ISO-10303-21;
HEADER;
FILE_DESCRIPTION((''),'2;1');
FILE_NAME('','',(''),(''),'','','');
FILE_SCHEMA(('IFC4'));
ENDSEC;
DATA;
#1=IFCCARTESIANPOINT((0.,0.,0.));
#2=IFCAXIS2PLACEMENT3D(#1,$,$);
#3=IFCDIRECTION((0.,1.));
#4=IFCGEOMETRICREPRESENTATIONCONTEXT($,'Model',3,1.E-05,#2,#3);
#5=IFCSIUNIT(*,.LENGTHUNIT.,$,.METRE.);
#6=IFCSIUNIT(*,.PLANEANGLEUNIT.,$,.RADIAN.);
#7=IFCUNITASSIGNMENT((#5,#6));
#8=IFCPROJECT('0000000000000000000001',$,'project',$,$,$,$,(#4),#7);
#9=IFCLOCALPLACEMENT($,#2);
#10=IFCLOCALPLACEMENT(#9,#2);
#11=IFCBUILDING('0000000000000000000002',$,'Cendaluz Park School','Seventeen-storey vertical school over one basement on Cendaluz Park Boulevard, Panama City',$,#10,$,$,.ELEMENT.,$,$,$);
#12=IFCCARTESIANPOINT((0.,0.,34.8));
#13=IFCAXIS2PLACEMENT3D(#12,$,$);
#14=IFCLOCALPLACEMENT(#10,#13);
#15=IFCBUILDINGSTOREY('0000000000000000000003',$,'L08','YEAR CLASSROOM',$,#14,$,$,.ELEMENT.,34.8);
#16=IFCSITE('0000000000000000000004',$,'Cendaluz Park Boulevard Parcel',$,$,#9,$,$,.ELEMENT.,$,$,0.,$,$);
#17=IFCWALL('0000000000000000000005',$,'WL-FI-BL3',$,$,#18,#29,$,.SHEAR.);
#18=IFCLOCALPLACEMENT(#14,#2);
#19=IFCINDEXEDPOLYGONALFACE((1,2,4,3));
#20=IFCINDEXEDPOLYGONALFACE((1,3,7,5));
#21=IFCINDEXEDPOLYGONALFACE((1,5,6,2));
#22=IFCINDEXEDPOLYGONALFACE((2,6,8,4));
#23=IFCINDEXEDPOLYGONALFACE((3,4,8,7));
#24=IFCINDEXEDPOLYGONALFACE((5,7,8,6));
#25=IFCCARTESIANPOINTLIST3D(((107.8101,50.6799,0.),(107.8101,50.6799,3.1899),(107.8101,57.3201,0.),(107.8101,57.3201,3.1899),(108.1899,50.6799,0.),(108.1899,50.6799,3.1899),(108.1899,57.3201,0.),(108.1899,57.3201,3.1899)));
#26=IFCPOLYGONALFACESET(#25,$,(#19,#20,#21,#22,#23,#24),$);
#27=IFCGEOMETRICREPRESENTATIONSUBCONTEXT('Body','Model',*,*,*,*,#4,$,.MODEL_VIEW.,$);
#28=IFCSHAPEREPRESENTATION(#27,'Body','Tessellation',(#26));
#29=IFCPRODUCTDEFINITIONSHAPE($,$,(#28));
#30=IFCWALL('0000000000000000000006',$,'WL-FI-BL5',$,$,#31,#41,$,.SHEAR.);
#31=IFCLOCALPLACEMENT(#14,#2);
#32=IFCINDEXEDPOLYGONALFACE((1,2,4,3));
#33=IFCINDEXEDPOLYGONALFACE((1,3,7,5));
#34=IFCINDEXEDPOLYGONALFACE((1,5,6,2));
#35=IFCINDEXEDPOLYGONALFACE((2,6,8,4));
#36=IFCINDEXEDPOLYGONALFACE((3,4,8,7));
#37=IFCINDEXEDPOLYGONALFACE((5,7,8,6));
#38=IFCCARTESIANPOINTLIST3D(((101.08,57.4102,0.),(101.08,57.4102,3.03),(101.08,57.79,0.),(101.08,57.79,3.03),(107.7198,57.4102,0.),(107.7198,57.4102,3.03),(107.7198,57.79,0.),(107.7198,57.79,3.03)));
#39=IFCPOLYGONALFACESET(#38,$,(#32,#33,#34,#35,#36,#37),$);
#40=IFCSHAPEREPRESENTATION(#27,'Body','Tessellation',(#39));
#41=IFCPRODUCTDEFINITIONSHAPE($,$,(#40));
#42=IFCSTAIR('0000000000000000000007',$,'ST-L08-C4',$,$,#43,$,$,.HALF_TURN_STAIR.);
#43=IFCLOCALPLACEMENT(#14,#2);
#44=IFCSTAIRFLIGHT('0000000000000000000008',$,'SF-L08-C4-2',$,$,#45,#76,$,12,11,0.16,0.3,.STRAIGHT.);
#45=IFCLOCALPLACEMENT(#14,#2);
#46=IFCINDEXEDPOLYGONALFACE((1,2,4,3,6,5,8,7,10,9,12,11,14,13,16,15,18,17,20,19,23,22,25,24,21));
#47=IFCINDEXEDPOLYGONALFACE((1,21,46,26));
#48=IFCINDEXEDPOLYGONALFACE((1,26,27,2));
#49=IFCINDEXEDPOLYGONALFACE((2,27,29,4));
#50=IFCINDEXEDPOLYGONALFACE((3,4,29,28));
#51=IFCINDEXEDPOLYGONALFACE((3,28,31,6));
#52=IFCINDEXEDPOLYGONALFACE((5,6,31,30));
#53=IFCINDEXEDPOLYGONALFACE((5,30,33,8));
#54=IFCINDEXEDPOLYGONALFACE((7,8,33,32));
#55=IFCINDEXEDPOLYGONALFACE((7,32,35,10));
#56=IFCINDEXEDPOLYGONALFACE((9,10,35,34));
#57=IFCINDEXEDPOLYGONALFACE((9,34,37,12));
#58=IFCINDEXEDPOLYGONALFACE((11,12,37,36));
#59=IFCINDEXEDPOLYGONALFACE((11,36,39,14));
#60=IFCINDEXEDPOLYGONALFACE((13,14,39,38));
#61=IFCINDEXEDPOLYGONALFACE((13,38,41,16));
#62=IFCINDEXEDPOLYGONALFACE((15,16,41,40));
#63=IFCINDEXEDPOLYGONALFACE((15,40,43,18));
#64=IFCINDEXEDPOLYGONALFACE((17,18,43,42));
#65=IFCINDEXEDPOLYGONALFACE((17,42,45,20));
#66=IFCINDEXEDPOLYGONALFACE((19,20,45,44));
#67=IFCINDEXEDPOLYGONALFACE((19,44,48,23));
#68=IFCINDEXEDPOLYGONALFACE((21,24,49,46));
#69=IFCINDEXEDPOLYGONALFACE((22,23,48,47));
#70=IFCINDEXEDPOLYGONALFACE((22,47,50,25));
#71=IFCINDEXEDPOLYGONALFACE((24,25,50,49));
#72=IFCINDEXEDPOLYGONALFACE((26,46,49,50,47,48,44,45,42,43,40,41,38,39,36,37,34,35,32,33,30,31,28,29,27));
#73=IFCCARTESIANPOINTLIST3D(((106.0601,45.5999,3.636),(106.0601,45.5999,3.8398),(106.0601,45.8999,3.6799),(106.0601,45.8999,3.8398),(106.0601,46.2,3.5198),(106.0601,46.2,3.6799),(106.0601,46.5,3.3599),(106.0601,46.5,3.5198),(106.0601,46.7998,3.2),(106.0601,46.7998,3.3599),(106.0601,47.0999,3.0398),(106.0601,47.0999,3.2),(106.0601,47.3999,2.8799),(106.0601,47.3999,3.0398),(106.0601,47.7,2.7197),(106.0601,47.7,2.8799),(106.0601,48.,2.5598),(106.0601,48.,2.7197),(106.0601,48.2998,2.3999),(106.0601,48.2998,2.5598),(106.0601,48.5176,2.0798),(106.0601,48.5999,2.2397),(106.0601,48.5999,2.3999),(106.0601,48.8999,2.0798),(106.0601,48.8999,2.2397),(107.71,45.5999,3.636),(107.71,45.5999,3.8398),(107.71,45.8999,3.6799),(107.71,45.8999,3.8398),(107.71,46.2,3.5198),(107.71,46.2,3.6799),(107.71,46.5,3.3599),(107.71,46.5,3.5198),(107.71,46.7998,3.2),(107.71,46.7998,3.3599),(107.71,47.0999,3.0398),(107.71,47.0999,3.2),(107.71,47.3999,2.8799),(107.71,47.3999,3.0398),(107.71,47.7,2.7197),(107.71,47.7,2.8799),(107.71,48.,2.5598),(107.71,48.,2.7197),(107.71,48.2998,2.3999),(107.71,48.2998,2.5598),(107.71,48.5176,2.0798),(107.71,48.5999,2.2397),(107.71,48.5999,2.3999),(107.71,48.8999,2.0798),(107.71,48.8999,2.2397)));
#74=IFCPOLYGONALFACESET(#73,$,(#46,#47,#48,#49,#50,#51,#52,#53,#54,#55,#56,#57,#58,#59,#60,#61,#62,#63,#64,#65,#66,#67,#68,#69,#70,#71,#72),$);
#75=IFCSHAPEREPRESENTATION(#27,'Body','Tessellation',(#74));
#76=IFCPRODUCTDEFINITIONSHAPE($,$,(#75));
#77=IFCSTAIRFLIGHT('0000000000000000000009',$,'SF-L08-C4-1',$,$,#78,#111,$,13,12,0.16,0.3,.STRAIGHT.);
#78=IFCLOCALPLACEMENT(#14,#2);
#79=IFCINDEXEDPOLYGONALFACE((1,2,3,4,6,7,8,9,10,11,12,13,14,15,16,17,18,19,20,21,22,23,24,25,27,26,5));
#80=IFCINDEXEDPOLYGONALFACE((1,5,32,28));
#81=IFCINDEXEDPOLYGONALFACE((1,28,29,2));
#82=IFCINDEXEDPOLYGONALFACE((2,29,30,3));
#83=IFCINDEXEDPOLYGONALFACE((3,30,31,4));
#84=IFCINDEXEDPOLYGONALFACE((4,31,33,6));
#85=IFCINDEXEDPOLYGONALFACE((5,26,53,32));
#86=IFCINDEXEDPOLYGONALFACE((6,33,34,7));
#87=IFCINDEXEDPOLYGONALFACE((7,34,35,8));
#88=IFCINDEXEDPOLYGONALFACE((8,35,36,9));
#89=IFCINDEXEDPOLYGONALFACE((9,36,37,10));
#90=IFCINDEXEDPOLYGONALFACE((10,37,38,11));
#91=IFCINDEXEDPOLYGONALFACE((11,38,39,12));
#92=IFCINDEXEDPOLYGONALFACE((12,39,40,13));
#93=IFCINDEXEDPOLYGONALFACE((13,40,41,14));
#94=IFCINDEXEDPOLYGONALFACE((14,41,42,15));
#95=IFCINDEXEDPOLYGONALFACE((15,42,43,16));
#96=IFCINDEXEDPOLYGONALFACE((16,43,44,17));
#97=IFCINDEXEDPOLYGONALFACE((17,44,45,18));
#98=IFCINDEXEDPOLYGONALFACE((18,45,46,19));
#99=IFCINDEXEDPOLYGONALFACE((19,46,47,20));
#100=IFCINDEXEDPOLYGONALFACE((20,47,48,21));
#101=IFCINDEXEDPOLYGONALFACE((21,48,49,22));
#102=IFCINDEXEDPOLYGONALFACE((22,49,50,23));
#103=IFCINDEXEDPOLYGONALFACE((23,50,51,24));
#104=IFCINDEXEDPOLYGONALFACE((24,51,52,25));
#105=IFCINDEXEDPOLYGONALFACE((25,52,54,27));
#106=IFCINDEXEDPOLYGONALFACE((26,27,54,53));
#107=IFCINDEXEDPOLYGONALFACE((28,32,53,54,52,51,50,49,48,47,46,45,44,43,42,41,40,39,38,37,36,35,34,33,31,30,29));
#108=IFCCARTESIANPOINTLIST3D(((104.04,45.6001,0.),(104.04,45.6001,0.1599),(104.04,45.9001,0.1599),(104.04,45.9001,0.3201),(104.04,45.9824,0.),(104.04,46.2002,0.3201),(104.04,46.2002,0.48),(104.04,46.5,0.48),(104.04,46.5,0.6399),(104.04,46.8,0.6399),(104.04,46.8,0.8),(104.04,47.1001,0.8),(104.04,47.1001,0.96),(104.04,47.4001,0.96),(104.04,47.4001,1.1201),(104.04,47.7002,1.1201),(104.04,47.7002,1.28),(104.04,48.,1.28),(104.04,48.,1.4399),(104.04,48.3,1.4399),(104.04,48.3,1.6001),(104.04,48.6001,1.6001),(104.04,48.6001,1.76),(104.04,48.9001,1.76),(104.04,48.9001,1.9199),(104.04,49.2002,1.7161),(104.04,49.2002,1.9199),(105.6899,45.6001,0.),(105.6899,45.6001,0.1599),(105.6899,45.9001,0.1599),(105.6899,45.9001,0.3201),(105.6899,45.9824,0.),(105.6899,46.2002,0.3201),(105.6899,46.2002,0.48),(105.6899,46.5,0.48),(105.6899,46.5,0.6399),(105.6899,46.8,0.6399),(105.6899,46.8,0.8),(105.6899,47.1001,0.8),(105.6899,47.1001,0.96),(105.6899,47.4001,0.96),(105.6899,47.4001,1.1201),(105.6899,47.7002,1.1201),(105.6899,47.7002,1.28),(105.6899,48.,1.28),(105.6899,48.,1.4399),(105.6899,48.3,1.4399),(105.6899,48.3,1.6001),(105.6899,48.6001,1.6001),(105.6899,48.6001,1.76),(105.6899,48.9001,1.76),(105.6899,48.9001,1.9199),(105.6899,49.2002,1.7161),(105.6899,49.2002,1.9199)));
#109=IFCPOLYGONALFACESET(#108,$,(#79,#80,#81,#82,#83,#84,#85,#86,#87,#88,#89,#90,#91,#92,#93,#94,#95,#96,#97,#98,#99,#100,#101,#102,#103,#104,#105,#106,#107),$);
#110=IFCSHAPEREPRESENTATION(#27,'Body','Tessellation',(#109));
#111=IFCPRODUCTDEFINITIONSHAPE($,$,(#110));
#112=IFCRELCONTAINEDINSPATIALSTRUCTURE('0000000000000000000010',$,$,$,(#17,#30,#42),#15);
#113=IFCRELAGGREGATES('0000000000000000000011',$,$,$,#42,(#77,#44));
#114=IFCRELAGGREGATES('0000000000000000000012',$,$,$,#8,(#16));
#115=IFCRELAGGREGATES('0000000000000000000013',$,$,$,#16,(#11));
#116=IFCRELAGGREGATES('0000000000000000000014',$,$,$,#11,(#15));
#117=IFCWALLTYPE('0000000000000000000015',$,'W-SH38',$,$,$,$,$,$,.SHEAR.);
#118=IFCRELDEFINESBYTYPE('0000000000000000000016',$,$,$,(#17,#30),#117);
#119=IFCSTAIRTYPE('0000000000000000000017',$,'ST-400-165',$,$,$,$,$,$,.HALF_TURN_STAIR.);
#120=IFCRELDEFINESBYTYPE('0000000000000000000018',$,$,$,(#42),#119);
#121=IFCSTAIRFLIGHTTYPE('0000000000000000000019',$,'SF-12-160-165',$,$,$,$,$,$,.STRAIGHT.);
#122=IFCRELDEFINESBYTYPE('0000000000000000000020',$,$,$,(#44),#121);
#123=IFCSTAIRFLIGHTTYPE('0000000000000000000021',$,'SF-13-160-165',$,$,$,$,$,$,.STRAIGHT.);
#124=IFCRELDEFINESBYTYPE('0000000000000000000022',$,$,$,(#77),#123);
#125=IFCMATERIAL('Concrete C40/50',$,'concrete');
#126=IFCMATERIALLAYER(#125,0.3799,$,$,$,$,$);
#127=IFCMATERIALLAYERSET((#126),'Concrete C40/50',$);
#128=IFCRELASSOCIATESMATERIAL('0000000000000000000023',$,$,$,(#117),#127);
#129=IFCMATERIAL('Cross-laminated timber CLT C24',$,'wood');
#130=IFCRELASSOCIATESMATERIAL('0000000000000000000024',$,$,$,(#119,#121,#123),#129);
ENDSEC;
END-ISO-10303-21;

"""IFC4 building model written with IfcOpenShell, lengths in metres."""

from ifc_helpers import new_model, si_unit, direction, frame, frame_2d, origin, place, context, subcontext, project, spatial, polyline, rectangle, outline, extrude, material, layer, layer_set, type_object, element, aggregate, save


model = new_model("IFC4")

# Units and contexts
model_context = context("Model", 3, precision=1e-05, world=origin(), true_north=direction((0.0, 1.0)))
body_context = subcontext(model_context, "Body", "Model", "MODEL_VIEW")
ifc_project = project(units=[si_unit("LENGTHUNIT", "METRE"), si_unit("PLANEANGLEUNIT", "RADIAN")], contexts=[model_context])

# Site, building, storey
site_placement = place(None, origin())
site = spatial("IfcSite", under=ifc_project, at=site_placement, Name="Cendaluz Park Boulevard Parcel", CompositionType="ELEMENT", RefElevation=0.0)
building_placement = place(site_placement, origin())
building = spatial("IfcBuilding", under=site, at=building_placement, Name="Cendaluz Park School", Description="Seventeen-storey vertical school over one basement on Cendaluz Park Boulevard, Panama City", CompositionType="ELEMENT")
storey_placement = place(building_placement, frame((0.0, 0.0, 34.8)))
storey = spatial("IfcBuildingStorey", under=building, at=storey_placement, Name="L08", Description="YEAR CLASSROOM", CompositionType="ELEMENT", Elevation=34.8)

# Shared definitions
ifc_material_1 = material(Name="Cross-laminated timber CLT C24", Category="wood")

# Shared definitions
ifc_material_2 = material(Name="Concrete C40/50", Category="concrete")

# Walls
ifc_layer_1 = layer(ifc_material_2, 0.3799)
ifc_layer_set_1 = layer_set([ifc_layer_1], Name="Concrete C40/50")
wall_type_1 = type_object("IfcWallType", Name="W-SH38", PredefinedType="SHEAR", material=ifc_layer_set_1)
for number, where, z_axis, x_axis, name in (
    (1, (108.0, 50.6799, 0.0), (0.0, 0.0, 1.0), (0.0, 1.0, 0.0), "WL-FI-BL3"),
):
    element("IfcWall", number, at=place(storey_placement, frame(where, z_axis=z_axis, x_axis=x_axis)), inside=storey, type_object=wall_type_1, Name=name, PredefinedType="SHEAR", context=body_context, shape_type="SweptSolid", body=[
        extrude(rectangle(XDim=6.6401, YDim=0.3799, at=frame_2d((3.3201, 0.0))), origin(), (0.0, 0.0, 1.0), 3.1899),
    ])
wall_1_placement = place(storey_placement, frame((101.0801, 57.6001, 0.0), z_axis=(0.0, 0.0, 1.0), x_axis=(1.0, 0.0, 0.0)))
element("IfcWall", 2, at=wall_1_placement, inside=storey, type_object=wall_type_1, Name="WL-FI-BL5", PredefinedType="SHEAR", context=body_context, shape_type="SweptSolid", body=[
    extrude(rectangle(XDim=6.6399, YDim=0.3799, at=frame_2d((3.3198, 0.0))), origin(), (0.0, 0.0, 1.0), 3.03),
])

# Stair, stair flights
stair_type = type_object("IfcStairType", Name="ST-400-165", PredefinedType="HALF_TURN_STAIR", material=ifc_material_1)
stair_placement = place(storey_placement, origin())
stair = element("IfcStair", 3, at=stair_placement, inside=storey, type_object=stair_type, Name="ST-L08-C4", PredefinedType="HALF_TURN_STAIR")
stair_flight_type_1 = type_object("IfcStairFlightType", Name="SF-12-160-165", PredefinedType="STRAIGHT", material=ifc_material_1)
stair_flight_1_placement = place(storey_placement, frame((106.885, 48.8999, 2.0798), z_axis=(0.0, 0.0, 1.0), x_axis=(0.0, -1.0, 0.0)))
stair_flight_1 = element("IfcStairFlight", 4, at=stair_flight_1_placement, type_object=stair_flight_type_1, Name="SF-L08-C4-2", NumberOfRisers=12, NumberOfTreads=11, PredefinedType="STRAIGHT", RiserHeight=0.16, TreadLength=0.3, context=body_context, shape_type="SweptSolid", body=[
    extrude(outline(polyline([(0.0, 0.0), (0.0, 0.1599), (0.3, 0.1599), (0.3, 0.3201), (0.6001, 0.3201), (0.6001, 0.48), (0.8999, 0.48), (0.8999, 0.6399), (1.2, 0.6399), (1.2, 0.8), (1.5, 0.8), (1.5, 0.96), (1.8, 0.96), (1.8, 1.1201), (2.1001, 1.1201), (2.1001, 1.28), (2.3999, 1.28), (2.3999, 1.4399), (2.7, 1.4399), (2.7, 1.6001), (3.0, 1.6001), (3.0, 1.76), (3.3, 1.76), (3.3, 1.9199), (3.3, 1.5562), (0.3823, 0.0), (0.0, 0.0)])), frame((0.0, 0.825, 0.0), z_axis=(0.0, -1.0, 0.0), x_axis=(1.0, 0.0, 0.0)), (0.0, 0.0, 1.0), 1.6499),
])
stair_flight_type_2 = type_object("IfcStairFlightType", Name="SF-13-160-165", PredefinedType="STRAIGHT", material=ifc_material_1)
stair_flight_2_placement = place(storey_placement, frame((104.865, 45.6001, 0.0), z_axis=(0.0, 0.0, 1.0), x_axis=(0.0, 1.0, 0.0)))
stair_flight_2 = element("IfcStairFlight", 5, at=stair_flight_2_placement, type_object=stair_flight_type_2, Name="SF-L08-C4-1", NumberOfRisers=13, NumberOfTreads=12, PredefinedType="STRAIGHT", RiserHeight=0.16, TreadLength=0.3, context=body_context, shape_type="SweptSolid", body=[
    extrude(outline(polyline([(0.0, 0.0), (0.0, 0.1599), (0.3, 0.1599), (0.3, 0.3201), (0.6001, 0.3201), (0.6001, 0.48), (0.8999, 0.48), (0.8999, 0.6399), (1.2, 0.6399), (1.2, 0.8), (1.5, 0.8), (1.5, 0.96), (1.8, 0.96), (1.8, 1.1201), (2.1001, 1.1201), (2.1001, 1.28), (2.3999, 1.28), (2.3999, 1.4399), (2.7, 1.4399), (2.7, 1.6001), (3.0, 1.6001), (3.0, 1.76), (3.3, 1.76), (3.3, 1.9199), (3.6001, 1.9199), (3.6001, 2.0801), (3.6001, 1.7161), (0.3823, 0.0), (0.0, 0.0)])), frame((0.0, 0.825, 0.0), z_axis=(0.0, -1.0, 0.0), x_axis=(1.0, 0.0, 0.0)), (0.0, 0.0, 1.0), 1.6499),
])
aggregate(stair, [stair_flight_2, stair_flight_1])

save(model, "model.ifc")
